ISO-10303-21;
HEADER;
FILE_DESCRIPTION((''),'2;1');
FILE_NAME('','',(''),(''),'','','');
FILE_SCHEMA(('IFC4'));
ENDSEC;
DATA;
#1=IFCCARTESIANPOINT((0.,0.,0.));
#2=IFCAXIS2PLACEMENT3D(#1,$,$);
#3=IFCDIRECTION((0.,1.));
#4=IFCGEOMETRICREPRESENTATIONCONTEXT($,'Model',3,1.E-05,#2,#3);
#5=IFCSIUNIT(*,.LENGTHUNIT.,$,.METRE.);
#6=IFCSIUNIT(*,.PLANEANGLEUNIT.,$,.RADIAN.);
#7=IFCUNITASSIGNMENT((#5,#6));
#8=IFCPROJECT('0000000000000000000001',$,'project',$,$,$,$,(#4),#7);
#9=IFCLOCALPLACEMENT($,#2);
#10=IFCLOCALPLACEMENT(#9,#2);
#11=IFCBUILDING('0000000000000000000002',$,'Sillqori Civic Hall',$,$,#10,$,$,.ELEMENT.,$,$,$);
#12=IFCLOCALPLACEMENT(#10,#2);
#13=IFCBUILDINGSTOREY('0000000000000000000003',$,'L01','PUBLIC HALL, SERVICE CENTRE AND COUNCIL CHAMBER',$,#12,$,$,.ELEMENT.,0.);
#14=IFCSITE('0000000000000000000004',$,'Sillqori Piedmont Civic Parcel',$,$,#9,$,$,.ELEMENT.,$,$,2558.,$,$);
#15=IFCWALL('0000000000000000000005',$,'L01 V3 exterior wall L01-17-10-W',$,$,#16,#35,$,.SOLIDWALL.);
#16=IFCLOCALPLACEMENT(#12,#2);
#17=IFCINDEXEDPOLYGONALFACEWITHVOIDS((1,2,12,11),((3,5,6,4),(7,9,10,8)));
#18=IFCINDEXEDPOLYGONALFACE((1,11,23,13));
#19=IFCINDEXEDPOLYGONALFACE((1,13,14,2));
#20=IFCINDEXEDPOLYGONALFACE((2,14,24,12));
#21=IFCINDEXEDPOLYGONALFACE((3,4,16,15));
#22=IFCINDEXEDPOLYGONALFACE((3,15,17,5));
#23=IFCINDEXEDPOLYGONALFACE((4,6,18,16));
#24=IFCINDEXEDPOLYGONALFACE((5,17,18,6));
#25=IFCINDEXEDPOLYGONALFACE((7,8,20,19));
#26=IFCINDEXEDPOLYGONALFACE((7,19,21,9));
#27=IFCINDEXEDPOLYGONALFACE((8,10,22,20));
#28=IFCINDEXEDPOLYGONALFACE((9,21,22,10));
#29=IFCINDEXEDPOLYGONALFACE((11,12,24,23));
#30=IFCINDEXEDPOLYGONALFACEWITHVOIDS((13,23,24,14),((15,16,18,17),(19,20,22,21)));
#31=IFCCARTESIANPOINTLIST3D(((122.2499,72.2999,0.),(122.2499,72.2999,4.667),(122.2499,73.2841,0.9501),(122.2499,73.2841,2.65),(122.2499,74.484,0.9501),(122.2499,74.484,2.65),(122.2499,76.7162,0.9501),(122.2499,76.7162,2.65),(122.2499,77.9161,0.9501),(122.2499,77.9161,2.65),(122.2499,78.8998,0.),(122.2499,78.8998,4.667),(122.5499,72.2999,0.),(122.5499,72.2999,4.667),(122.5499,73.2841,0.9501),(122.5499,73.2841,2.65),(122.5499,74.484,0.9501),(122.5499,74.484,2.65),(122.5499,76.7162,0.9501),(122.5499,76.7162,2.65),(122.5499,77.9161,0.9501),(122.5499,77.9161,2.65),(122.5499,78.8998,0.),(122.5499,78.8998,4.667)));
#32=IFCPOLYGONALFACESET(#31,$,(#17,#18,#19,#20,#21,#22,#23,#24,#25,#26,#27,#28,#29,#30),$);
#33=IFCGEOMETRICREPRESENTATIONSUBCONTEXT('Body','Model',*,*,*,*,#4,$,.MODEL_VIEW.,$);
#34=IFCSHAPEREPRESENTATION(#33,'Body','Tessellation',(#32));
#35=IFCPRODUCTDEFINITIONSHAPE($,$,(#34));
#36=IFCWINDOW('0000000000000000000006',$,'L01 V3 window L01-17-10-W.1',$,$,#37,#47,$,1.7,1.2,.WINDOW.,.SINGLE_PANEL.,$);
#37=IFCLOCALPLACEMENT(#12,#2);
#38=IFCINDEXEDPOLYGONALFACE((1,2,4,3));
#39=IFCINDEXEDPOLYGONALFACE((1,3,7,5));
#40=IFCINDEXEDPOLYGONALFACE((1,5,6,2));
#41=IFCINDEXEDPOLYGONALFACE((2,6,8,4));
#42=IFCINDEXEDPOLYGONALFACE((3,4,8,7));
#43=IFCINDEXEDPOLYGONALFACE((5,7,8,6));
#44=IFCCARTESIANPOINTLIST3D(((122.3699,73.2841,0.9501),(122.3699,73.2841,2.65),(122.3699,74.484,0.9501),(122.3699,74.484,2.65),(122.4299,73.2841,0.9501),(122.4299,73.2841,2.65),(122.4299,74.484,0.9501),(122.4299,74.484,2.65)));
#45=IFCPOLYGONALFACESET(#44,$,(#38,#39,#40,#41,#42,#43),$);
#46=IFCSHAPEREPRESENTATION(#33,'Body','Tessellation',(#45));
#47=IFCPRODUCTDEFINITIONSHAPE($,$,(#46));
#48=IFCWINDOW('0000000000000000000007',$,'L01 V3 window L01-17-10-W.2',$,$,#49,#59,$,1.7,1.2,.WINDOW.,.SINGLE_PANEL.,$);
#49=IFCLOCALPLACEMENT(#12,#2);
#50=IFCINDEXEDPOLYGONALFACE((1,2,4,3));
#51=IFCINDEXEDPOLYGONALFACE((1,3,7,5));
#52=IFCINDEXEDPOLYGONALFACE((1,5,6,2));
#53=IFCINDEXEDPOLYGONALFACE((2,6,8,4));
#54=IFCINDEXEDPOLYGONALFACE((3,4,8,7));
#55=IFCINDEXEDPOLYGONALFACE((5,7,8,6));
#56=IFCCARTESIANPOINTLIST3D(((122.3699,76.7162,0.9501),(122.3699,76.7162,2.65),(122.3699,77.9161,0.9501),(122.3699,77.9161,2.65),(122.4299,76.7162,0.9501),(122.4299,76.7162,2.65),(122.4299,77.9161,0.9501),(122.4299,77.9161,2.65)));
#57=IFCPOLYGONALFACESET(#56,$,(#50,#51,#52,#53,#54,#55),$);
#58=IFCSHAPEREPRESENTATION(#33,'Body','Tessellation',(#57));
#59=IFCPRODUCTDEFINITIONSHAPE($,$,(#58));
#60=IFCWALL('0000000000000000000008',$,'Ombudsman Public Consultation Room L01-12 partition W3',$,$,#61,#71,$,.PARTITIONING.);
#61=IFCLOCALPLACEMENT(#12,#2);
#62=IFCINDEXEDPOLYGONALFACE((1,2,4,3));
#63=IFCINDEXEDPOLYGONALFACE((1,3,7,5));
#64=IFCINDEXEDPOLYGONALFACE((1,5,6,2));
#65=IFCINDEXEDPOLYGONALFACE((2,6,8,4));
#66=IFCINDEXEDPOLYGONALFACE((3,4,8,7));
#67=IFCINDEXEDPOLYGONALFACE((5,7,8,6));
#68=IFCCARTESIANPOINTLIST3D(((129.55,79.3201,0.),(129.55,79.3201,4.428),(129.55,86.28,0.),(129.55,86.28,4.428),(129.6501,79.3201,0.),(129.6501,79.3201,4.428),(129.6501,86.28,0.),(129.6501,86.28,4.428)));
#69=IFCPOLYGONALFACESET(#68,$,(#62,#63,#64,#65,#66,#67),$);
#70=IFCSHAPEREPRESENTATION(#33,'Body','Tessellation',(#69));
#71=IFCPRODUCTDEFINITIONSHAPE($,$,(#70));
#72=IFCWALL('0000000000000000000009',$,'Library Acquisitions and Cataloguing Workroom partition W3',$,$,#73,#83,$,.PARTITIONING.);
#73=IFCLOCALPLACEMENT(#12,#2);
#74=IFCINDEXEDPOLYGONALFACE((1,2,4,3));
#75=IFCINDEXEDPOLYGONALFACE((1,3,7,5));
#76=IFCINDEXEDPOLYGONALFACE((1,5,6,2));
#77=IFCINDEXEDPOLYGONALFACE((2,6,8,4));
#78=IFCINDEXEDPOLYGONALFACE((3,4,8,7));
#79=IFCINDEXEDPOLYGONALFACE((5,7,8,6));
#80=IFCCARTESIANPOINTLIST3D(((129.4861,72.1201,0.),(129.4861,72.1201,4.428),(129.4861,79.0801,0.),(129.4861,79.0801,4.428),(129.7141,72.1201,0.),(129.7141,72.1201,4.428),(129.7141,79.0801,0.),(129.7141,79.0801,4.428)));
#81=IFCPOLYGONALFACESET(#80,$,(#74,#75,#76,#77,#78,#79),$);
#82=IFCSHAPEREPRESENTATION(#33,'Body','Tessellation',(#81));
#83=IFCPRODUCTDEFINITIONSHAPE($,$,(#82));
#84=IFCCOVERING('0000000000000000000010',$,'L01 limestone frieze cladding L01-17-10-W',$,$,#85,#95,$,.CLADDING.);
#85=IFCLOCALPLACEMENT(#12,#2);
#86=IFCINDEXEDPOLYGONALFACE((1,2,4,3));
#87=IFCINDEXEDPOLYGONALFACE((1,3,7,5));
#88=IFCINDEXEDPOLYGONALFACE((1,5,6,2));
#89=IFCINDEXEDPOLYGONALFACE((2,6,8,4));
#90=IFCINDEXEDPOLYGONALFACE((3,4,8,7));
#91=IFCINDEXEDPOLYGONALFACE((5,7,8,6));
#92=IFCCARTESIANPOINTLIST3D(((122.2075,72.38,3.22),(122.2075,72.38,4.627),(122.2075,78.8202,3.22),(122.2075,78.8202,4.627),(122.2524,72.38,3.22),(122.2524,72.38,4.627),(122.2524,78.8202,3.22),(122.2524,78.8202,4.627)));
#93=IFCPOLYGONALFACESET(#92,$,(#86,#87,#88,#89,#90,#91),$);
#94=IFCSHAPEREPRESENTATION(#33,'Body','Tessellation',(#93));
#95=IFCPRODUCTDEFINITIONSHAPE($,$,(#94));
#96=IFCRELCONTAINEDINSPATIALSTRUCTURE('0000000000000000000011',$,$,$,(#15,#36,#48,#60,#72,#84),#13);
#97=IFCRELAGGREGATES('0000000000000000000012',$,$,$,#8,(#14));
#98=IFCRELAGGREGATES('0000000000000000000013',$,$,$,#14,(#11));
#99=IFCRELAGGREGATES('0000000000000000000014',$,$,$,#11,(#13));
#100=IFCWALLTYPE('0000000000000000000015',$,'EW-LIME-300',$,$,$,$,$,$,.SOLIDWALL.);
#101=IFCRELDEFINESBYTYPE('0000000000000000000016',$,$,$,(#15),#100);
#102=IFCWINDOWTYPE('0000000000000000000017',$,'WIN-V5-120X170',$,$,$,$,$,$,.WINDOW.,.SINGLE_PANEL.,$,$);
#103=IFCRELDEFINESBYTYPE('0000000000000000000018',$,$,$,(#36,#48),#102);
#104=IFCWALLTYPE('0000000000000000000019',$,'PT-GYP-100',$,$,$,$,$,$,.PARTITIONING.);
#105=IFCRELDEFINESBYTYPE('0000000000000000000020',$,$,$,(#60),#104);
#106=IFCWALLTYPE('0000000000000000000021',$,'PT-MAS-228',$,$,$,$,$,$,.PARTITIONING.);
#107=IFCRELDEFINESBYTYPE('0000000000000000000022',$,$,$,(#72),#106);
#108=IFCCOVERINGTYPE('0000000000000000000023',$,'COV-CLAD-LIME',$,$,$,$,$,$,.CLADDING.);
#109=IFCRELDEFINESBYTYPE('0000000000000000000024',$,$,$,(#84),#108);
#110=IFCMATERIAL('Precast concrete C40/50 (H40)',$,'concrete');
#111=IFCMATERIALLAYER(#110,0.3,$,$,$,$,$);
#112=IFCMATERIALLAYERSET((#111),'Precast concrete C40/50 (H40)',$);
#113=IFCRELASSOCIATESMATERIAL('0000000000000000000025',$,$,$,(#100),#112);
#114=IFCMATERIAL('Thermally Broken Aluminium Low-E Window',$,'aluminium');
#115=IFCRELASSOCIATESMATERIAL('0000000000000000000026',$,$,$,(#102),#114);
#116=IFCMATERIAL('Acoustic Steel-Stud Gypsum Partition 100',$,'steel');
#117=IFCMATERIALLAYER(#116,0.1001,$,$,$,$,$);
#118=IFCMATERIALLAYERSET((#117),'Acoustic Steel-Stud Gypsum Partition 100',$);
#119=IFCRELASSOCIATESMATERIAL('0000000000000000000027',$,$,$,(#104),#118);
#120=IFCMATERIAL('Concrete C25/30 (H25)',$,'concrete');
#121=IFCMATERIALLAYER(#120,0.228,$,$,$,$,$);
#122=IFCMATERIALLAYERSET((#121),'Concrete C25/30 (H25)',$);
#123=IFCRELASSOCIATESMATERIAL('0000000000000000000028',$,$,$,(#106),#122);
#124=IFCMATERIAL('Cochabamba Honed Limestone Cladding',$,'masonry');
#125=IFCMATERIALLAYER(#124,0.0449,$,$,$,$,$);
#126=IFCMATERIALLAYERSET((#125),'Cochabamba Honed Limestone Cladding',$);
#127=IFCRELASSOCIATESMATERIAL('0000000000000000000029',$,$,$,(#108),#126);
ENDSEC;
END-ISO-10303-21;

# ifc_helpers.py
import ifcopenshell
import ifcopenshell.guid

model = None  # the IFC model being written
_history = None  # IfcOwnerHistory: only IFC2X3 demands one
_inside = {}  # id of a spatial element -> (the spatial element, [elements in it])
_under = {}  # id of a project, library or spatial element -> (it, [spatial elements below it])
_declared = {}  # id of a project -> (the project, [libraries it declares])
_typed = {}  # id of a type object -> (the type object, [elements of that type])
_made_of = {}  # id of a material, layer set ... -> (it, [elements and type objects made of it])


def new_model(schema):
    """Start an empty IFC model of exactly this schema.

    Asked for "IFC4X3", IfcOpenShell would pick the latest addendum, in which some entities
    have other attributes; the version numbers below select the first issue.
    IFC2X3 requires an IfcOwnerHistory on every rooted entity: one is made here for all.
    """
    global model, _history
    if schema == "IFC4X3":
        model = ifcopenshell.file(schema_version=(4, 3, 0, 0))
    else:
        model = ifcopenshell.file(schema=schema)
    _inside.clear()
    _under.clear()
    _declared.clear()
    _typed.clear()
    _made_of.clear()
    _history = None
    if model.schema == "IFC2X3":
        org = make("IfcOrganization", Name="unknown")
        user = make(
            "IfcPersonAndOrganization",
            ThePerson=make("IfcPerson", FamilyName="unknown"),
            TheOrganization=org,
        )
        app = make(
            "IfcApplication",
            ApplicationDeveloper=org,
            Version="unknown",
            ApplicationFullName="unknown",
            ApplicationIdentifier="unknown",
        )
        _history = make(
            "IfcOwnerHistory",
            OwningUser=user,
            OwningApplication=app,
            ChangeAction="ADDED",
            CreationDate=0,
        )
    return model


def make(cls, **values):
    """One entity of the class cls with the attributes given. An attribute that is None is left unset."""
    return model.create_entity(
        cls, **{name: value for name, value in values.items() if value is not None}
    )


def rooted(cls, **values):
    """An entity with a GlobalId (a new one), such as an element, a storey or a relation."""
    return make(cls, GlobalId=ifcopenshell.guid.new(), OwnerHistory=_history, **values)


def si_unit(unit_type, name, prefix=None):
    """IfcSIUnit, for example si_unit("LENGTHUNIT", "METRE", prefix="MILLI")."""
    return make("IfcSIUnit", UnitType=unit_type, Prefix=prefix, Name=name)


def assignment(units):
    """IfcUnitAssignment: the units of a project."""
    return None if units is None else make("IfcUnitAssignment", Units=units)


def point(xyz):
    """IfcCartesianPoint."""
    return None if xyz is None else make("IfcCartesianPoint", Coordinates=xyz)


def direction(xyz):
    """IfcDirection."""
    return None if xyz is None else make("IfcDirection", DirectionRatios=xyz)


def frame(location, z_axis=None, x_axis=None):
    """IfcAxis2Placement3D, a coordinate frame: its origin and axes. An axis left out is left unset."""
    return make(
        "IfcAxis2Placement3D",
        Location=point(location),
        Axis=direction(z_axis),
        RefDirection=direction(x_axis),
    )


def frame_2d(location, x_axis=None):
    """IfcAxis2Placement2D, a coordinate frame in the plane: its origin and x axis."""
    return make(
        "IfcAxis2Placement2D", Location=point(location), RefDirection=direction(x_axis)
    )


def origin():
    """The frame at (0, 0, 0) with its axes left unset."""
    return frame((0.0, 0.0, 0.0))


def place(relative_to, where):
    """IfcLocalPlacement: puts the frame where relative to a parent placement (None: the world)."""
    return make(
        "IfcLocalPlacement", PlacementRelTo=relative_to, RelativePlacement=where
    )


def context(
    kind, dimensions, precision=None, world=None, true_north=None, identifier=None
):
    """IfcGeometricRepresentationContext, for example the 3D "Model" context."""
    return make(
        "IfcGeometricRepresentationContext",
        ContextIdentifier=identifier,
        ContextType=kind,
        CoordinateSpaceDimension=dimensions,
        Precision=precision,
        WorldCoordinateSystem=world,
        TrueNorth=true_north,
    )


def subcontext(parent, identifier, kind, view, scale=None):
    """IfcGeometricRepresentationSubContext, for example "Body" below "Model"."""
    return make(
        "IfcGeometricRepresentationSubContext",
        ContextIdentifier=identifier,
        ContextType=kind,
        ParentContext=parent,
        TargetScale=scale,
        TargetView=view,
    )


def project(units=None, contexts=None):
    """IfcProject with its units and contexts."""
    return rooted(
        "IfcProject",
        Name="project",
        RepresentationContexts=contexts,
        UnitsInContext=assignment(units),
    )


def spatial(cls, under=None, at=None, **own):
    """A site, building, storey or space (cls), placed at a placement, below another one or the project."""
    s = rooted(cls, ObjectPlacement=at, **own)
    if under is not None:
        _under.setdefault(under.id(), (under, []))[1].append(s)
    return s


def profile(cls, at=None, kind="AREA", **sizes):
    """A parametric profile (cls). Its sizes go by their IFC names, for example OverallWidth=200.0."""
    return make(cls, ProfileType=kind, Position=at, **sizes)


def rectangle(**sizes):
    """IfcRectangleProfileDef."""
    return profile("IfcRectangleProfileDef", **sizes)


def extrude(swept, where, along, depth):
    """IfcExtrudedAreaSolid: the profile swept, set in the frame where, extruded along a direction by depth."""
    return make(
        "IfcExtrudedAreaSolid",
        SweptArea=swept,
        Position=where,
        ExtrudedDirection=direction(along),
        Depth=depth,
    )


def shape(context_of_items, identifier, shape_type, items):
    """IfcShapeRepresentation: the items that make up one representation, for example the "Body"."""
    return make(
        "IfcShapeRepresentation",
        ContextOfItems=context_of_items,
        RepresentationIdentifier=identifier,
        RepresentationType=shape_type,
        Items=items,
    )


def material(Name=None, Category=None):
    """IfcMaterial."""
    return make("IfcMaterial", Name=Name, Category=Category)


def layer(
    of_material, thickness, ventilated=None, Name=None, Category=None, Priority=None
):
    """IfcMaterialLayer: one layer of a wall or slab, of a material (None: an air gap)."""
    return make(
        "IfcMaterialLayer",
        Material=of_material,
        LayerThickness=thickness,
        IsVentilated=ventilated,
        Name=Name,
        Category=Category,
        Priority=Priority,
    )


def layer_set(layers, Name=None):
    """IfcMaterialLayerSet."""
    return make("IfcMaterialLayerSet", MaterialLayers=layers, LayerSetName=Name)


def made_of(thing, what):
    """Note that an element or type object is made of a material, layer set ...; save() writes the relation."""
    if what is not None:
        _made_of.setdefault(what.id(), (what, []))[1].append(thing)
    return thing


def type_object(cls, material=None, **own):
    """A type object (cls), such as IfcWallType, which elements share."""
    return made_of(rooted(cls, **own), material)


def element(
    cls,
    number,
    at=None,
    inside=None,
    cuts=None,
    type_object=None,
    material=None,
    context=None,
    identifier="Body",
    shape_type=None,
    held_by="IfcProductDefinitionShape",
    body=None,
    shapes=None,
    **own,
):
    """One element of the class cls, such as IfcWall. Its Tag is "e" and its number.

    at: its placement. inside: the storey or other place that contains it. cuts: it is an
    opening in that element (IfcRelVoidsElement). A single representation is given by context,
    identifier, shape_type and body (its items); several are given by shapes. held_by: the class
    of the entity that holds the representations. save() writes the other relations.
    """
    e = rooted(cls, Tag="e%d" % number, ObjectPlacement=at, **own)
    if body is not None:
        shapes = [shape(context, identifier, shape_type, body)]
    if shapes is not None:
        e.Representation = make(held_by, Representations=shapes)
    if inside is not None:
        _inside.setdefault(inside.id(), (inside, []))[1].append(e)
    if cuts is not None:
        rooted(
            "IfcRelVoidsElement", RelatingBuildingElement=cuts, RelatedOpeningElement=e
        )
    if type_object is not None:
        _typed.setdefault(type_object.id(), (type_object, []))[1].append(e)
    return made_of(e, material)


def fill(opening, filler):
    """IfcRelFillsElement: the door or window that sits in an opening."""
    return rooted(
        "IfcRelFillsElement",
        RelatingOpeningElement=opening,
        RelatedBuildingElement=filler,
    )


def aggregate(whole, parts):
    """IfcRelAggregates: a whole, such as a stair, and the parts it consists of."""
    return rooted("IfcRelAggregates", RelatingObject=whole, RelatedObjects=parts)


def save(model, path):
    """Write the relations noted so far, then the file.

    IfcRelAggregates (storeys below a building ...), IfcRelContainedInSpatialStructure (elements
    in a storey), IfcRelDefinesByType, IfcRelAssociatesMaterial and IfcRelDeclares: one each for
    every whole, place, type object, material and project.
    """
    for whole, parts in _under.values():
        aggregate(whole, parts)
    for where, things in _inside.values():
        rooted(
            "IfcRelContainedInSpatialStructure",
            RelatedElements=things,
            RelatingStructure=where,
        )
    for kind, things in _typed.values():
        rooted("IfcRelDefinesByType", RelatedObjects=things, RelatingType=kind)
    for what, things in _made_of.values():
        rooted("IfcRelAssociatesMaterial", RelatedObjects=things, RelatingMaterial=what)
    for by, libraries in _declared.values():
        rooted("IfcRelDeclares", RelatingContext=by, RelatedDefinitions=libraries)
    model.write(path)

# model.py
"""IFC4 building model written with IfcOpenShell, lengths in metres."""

from ifc_helpers import new_model, si_unit, direction, frame, frame_2d, origin, place, context, subcontext, project, spatial, rectangle, extrude, material, layer, layer_set, type_object, element, fill, save


model = new_model("IFC4")

# Units and contexts
model_context = context("Model", 3, precision=1e-05, world=origin(), true_north=direction((0.0, 1.0)))
body_context = subcontext(model_context, "Body", "Model", "MODEL_VIEW")
ifc_project = project(units=[si_unit("LENGTHUNIT", "METRE"), si_unit("PLANEANGLEUNIT", "RADIAN")], contexts=[model_context])

# Site, building, storey
site_placement = place(None, origin())
site = spatial("IfcSite", under=ifc_project, at=site_placement, Name="Sillqori Piedmont Civic Parcel", CompositionType="ELEMENT", RefElevation=2558.0)
building_placement = place(site_placement, origin())
building = spatial("IfcBuilding", under=site, at=building_placement, Name="Sillqori Civic Hall", CompositionType="ELEMENT")
storey_placement = place(building_placement, origin())
storey = spatial("IfcBuildingStorey", under=building, at=storey_placement, Name="L01", Description="PUBLIC HALL, SERVICE CENTRE AND COUNCIL CHAMBER", CompositionType="ELEMENT", Elevation=0.0)

# Wall, openings, windows
ifc_material_1 = material(Name="Precast concrete C40/50 (H40)", Category="concrete")
ifc_layer_1 = layer(ifc_material_1, 0.3)
ifc_layer_set_1 = layer_set([ifc_layer_1], Name="Precast concrete C40/50 (H40)")
wall_type_1 = type_object("IfcWallType", Name="EW-LIME-300", PredefinedType="SOLIDWALL", material=ifc_layer_set_1)
wall_1_placement = place(storey_placement, frame((122.3999, 72.3, 0.0), z_axis=(0.0, 0.0, 1.0), x_axis=(0.0, 1.0, 0.0)))
wall_1 = element("IfcWall", 1, at=wall_1_placement, inside=storey, type_object=wall_type_1, Name="L01 V3 exterior wall L01-17-10-W", PredefinedType="SOLIDWALL", context=body_context, shape_type="SweptSolid", body=[
    extrude(rectangle(XDim=6.5999, YDim=0.3, at=frame_2d((3.2998, 0.0))), origin(), (0.0, 0.0, 1.0), 4.667),
])
opening_1_placement = place(wall_1_placement, frame((0.9839, 0.0, 0.95)))
opening_1 = element("IfcOpeningElement", 2, at=opening_1_placement, cuts=wall_1, PredefinedType="OPENING", context=body_context, shape_type="SweptSolid", body=[
    extrude(rectangle(XDim=1.2, YDim=1.7, at=frame_2d((0.6001, 0.8501))), frame((0.0, 0.1599, 0.0), z_axis=(0.0, -1.0, 0.0), x_axis=(1.0, 0.0, 0.0)), (0.0, 0.0, 1.0), 0.3201),
])
opening_2_placement = place(wall_1_placement, frame((4.416, 0.0, 0.95)))
opening_2 = element("IfcOpeningElement", 3, at=opening_2_placement, cuts=wall_1, PredefinedType="OPENING", context=body_context, shape_type="SweptSolid", body=[
    extrude(rectangle(XDim=1.2, YDim=1.7, at=frame_2d((0.6001, 0.8501))), frame((0.0, 0.1599, 0.0), z_axis=(0.0, -1.0, 0.0), x_axis=(1.0, 0.0, 0.0)), (0.0, 0.0, 1.0), 0.3201),
])
ifc_material_2 = material(Name="Thermally Broken Aluminium Low-E Window", Category="aluminium")
window_type = type_object("IfcWindowType", Name="WIN-V5-120X170", PartitioningType="SINGLE_PANEL", PredefinedType="WINDOW", material=ifc_material_2)
window_1_placement = place(opening_1_placement, origin())
window_1 = element("IfcWindow", 4, at=window_1_placement, inside=storey, type_object=window_type, Name="L01 V3 window L01-17-10-W.1", OverallHeight=1.7, OverallWidth=1.2, PartitioningType="SINGLE_PANEL", PredefinedType="WINDOW", context=body_context, shape_type="SweptSolid", body=[
    extrude(rectangle(XDim=1.2, YDim=1.7, at=frame_2d((0.6001, 0.8501))), frame((0.0, 0.03, 0.0), z_axis=(0.0, -1.0, 0.0), x_axis=(1.0, 0.0, 0.0)), (0.0, 0.0, 1.0), 0.0601),
])
fill(opening_1, window_1)
window_2_placement = place(opening_2_placement, origin())
window_2 = element("IfcWindow", 5, at=window_2_placement, inside=storey, type_object=window_type, Name="L01 V3 window L01-17-10-W.2", OverallHeight=1.7, OverallWidth=1.2, PartitioningType="SINGLE_PANEL", PredefinedType="WINDOW", context=body_context, shape_type="SweptSolid", body=[
    extrude(rectangle(XDim=1.2, YDim=1.7, at=frame_2d((0.6001, 0.8501))), frame((0.0, 0.03, 0.0), z_axis=(0.0, -1.0, 0.0), x_axis=(1.0, 0.0, 0.0)), (0.0, 0.0, 1.0), 0.0601),
])
fill(opening_2, window_2)

# Walls
ifc_material_3 = material(Name="Acoustic Steel-Stud Gypsum Partition 100", Category="steel")
ifc_layer_2 = layer(ifc_material_3, 0.1001)
ifc_layer_set_2 = layer_set([ifc_layer_2], Name="Acoustic Steel-Stud Gypsum Partition 100")
wall_type_2 = type_object("IfcWallType", Name="PT-GYP-100", PredefinedType="PARTITIONING", material=ifc_layer_set_2)
wall_2_placement = place(storey_placement, frame((129.6001, 79.3201, 0.0), z_axis=(0.0, 0.0, 1.0), x_axis=(0.0, 1.0, 0.0)))
element("IfcWall", 6, at=wall_2_placement, inside=storey, type_object=wall_type_2, Name="Ombudsman Public Consultation Room L01-12 partition W3", PredefinedType="PARTITIONING", context=body_context, shape_type="SweptSolid", body=[
    extrude(rectangle(XDim=6.96, YDim=0.1001, at=frame_2d((3.48, 0.0))), origin(), (0.0, 0.0, 1.0), 4.428),
])
ifc_material_4 = material(Name="Concrete C25/30 (H25)", Category="concrete")
ifc_layer_3 = layer(ifc_material_4, 0.228)
ifc_layer_set_3 = layer_set([ifc_layer_3], Name="Concrete C25/30 (H25)")
wall_type_3 = type_object("IfcWallType", Name="PT-MAS-228", PredefinedType="PARTITIONING", material=ifc_layer_set_3)
wall_3_placement = place(storey_placement, frame((129.6001, 72.1201, 0.0), z_axis=(0.0, 0.0, 1.0), x_axis=(0.0, 1.0, 0.0)))
element("IfcWall", 7, at=wall_3_placement, inside=storey, type_object=wall_type_3, Name="Library Acquisitions and Cataloguing Workroom partition W3", PredefinedType="PARTITIONING", context=body_context, shape_type="SweptSolid", body=[
    extrude(rectangle(XDim=6.96, YDim=0.228, at=frame_2d((3.48, 0.0))), origin(), (0.0, 0.0, 1.0), 4.428),
])

# Covering
ifc_material_5 = material(Name="Cochabamba Honed Limestone Cladding", Category="masonry")
ifc_layer_4 = layer(ifc_material_5, 0.0449)
ifc_layer_set_4 = layer_set([ifc_layer_4], Name="Cochabamba Honed Limestone Cladding")
covering_type = type_object("IfcCoveringType", Name="COV-CLAD-LIME", PredefinedType="CLADDING", material=ifc_layer_set_4)
covering_placement = place(storey_placement, frame((122.23, 72.3799, 3.22), z_axis=(0.0, 0.0, 1.0), x_axis=(0.0, 1.0, 0.0)))
element("IfcCovering", 8, at=covering_placement, inside=storey, type_object=covering_type, Name="L01 limestone frieze cladding L01-17-10-W", PredefinedType="CLADDING", context=body_context, shape_type="SweptSolid", body=[
    extrude(rectangle(XDim=6.4402, YDim=0.0449, at=frame_2d((3.2202, 0.0))), origin(), (0.0, 0.0, 1.0), 1.407),
])

save(model, "model.ifc")
